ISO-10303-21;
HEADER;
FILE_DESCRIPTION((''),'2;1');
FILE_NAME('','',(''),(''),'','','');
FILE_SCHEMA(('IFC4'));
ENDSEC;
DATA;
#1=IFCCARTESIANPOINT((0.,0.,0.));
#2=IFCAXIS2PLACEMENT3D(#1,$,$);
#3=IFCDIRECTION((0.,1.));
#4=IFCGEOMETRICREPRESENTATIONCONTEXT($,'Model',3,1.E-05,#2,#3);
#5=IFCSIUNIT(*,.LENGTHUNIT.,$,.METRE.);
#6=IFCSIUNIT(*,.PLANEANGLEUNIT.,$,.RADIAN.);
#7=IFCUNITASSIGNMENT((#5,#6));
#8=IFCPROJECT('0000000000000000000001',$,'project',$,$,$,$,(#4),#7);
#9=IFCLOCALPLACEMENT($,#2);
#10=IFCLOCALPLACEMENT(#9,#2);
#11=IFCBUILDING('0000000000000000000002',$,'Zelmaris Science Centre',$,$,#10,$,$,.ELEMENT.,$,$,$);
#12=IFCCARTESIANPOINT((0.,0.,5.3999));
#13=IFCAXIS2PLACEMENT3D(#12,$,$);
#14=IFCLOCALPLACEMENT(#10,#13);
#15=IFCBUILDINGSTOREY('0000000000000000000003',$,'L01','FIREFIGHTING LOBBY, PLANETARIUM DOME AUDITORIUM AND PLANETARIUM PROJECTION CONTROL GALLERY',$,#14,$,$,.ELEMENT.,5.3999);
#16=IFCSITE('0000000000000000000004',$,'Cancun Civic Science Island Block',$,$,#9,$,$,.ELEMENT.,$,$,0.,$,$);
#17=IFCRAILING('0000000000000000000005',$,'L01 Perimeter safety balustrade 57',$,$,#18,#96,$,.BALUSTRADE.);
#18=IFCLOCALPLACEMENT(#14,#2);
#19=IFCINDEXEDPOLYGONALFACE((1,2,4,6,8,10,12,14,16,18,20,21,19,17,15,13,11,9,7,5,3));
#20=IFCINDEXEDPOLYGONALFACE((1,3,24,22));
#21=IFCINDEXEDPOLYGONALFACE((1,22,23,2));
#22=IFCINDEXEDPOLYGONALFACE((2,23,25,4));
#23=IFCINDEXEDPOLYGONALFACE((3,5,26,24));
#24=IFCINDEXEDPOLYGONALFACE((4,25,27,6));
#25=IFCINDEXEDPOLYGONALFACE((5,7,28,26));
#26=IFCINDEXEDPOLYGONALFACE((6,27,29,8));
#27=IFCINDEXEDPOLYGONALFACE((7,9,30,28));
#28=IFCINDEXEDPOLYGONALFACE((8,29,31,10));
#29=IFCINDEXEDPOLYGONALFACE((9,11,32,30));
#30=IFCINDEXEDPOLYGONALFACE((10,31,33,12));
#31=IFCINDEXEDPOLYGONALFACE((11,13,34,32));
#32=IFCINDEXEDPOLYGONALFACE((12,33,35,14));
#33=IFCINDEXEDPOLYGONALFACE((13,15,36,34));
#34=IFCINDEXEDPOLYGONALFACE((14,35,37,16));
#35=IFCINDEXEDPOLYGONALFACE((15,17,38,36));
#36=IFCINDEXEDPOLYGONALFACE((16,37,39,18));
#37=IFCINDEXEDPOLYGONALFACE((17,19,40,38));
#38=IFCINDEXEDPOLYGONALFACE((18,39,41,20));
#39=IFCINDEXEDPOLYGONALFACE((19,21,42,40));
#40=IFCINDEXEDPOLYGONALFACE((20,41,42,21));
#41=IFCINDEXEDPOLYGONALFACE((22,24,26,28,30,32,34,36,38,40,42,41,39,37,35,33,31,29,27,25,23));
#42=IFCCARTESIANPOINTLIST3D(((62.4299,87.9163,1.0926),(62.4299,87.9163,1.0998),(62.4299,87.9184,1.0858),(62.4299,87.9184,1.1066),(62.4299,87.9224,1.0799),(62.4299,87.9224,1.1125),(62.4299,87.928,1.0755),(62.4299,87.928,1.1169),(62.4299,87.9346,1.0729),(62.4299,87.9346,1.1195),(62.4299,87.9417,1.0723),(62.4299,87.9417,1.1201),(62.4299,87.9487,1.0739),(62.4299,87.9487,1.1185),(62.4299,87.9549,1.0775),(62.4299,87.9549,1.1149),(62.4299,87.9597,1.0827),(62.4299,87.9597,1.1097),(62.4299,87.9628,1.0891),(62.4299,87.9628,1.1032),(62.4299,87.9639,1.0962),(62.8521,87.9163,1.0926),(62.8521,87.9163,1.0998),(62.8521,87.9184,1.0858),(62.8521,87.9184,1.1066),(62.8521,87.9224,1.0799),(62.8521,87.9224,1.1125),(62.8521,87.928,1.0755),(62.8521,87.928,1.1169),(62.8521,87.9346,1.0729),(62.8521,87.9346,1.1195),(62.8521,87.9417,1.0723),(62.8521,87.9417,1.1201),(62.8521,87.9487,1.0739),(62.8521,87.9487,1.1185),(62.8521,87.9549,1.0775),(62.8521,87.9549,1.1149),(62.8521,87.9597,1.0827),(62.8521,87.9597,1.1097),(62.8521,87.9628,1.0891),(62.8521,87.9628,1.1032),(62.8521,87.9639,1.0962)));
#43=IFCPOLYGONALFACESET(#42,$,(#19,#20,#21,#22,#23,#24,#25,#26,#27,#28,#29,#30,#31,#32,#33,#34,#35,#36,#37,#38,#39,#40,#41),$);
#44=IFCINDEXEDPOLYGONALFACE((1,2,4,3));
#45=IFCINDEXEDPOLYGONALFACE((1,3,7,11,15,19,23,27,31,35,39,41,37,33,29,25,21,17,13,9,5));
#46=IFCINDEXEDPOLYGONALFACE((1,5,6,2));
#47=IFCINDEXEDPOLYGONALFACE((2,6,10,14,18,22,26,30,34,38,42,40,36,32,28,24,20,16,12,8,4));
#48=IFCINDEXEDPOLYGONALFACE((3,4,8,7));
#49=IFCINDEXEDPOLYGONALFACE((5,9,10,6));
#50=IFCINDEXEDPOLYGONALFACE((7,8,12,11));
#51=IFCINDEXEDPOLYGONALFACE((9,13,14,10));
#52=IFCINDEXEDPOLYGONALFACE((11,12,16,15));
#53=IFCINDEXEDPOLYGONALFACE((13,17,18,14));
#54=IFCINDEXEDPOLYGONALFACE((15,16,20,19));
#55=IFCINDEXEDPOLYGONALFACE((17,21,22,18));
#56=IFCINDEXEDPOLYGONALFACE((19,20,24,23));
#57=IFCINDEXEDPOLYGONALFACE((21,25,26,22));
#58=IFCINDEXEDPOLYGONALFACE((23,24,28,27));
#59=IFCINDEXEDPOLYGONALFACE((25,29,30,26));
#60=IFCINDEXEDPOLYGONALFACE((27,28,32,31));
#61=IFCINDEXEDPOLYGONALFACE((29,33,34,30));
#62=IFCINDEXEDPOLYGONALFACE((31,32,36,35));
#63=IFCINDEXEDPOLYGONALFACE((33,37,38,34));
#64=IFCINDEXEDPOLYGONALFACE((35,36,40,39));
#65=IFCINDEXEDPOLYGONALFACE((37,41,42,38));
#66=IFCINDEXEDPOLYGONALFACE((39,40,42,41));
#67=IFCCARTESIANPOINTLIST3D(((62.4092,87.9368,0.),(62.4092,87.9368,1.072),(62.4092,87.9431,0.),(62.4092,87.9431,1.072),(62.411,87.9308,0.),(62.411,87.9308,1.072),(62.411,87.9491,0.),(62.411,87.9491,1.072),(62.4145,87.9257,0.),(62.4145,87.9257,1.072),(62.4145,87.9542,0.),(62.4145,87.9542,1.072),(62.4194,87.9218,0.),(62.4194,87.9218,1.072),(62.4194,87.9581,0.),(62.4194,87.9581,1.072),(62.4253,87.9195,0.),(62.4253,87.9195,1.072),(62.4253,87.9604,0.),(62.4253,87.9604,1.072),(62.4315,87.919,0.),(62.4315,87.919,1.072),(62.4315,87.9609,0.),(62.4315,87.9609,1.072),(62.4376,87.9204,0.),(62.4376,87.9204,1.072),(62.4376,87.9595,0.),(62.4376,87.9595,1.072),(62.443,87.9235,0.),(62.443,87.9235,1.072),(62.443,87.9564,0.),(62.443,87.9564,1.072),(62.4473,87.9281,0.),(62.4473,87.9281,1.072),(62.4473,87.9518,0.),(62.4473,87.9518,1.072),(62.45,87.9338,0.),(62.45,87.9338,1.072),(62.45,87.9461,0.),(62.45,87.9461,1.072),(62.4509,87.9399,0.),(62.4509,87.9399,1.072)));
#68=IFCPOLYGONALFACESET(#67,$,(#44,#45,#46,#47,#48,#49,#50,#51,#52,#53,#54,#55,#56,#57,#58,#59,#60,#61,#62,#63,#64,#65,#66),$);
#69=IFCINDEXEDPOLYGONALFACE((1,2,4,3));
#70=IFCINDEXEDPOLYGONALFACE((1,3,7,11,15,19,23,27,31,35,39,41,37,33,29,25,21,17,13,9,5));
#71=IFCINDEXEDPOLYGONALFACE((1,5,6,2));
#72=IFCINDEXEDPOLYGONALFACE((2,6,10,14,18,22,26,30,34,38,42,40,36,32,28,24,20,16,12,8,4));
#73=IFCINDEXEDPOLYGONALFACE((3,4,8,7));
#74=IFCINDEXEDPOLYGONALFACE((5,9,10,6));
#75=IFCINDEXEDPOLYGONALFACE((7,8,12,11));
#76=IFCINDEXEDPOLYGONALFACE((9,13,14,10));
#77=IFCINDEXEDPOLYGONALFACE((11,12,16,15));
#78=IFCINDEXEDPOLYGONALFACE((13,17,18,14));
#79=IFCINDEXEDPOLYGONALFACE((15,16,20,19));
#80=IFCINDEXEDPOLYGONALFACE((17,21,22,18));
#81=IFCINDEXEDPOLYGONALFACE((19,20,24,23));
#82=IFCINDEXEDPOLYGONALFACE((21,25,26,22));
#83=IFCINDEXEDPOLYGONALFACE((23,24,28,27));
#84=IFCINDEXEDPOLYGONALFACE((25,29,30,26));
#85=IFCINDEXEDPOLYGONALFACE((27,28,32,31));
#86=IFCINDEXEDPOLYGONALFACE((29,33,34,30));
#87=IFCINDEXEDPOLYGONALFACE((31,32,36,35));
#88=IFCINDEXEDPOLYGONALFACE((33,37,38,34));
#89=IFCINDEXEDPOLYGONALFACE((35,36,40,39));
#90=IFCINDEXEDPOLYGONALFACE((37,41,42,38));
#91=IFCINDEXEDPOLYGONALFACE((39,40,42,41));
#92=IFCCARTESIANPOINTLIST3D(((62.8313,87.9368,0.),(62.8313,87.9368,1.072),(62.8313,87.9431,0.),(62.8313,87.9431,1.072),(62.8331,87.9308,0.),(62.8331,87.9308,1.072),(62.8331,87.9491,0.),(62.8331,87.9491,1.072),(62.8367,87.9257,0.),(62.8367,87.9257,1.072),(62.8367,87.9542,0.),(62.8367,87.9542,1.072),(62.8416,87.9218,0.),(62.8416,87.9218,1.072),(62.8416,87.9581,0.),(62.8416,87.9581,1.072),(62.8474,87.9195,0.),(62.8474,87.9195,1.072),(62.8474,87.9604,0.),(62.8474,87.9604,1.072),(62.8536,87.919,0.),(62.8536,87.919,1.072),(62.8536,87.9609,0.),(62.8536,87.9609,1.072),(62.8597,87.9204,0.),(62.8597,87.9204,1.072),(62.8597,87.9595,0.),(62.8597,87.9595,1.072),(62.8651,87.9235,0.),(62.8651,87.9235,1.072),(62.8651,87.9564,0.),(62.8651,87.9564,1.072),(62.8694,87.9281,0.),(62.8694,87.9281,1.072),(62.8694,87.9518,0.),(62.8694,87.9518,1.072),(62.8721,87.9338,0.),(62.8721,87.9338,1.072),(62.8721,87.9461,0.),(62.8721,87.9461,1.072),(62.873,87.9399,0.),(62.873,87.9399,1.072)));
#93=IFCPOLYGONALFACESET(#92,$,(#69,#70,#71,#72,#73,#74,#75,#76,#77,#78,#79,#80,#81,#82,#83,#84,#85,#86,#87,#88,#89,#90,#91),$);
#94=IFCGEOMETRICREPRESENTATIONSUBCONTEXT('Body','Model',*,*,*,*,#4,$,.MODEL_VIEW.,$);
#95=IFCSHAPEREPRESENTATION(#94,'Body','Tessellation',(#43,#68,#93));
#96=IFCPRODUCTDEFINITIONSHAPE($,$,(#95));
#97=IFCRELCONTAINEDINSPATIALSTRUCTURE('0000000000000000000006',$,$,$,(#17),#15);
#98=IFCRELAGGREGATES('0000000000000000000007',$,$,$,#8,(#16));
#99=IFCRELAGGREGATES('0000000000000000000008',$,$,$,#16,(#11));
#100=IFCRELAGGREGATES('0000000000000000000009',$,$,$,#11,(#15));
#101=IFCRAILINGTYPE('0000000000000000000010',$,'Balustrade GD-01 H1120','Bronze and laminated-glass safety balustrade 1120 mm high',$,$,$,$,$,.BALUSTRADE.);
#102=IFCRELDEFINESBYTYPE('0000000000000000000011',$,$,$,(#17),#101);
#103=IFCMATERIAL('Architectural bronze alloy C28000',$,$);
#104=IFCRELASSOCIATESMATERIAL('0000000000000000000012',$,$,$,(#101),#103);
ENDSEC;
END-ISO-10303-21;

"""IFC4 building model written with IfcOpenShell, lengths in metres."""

from ifc_helpers import new_model, si_unit, direction, frame, origin, origin_2d, place, context, subcontext, project, spatial, circle, extrude, material, type_object, element, save


model = new_model("IFC4")

# Units and contexts
model_context = context("Model", 3, precision=1e-05, world=origin(), true_north=direction((0.0, 1.0)))
body_context = subcontext(model_context, "Body", "Model", "MODEL_VIEW")
ifc_project = project(units=[si_unit("LENGTHUNIT", "METRE"), si_unit("PLANEANGLEUNIT", "RADIAN")], contexts=[model_context])

# Site, building, storey
site_placement = place(None, origin())
site = spatial("IfcSite", under=ifc_project, at=site_placement, Name="Cancun Civic Science Island Block", CompositionType="ELEMENT", RefElevation=0.0)
building_placement = place(site_placement, origin())
building = spatial("IfcBuilding", under=site, at=building_placement, Name="Zelmaris Science Centre", CompositionType="ELEMENT")
storey_placement = place(building_placement, frame((0.0, 0.0, 5.3999)))
storey = spatial("IfcBuildingStorey", under=building, at=storey_placement, Name="L01", Description="FIREFIGHTING LOBBY, PLANETARIUM DOME AUDITORIUM AND PLANETARIUM PROJECTION CONTROL GALLERY", CompositionType="ELEMENT", Elevation=5.3999)

# Railing
ifc_material_1 = material(Name="Architectural bronze alloy C28000")
railing_type = type_object("IfcRailingType", Name="Balustrade GD-01 H1120", Description="Bronze and laminated-glass safety balustrade 1120 mm high", PredefinedType="BALUSTRADE", material=ifc_material_1)
railing_placement = place(storey_placement, frame((62.4299, 87.9399, 0.0)))
element("IfcRailing", 1, at=railing_placement, inside=storey, type_object=railing_type, Name="L01 Perimeter safety balustrade 57", PredefinedType="BALUSTRADE", context=body_context, shape_type="SweptSolid", body=[
    extrude(circle(Radius=0.0239, at=origin_2d()), frame((0.0, 0.0, 1.0962), z_axis=(1.0, 0.0, 0.0), x_axis=(0.0, 1.0, 0.0)), (0.0, 0.0, 1.0), 0.4221),
    extrude(circle(Radius=0.021, at=origin_2d()), origin(), (0.0, 0.0, 1.0), 1.072),
    extrude(circle(Radius=0.021, at=origin_2d()), frame((0.4221, 0.0, 0.0)), (0.0, 0.0, 1.0), 1.072),
])

save(model, "model.ifc")
